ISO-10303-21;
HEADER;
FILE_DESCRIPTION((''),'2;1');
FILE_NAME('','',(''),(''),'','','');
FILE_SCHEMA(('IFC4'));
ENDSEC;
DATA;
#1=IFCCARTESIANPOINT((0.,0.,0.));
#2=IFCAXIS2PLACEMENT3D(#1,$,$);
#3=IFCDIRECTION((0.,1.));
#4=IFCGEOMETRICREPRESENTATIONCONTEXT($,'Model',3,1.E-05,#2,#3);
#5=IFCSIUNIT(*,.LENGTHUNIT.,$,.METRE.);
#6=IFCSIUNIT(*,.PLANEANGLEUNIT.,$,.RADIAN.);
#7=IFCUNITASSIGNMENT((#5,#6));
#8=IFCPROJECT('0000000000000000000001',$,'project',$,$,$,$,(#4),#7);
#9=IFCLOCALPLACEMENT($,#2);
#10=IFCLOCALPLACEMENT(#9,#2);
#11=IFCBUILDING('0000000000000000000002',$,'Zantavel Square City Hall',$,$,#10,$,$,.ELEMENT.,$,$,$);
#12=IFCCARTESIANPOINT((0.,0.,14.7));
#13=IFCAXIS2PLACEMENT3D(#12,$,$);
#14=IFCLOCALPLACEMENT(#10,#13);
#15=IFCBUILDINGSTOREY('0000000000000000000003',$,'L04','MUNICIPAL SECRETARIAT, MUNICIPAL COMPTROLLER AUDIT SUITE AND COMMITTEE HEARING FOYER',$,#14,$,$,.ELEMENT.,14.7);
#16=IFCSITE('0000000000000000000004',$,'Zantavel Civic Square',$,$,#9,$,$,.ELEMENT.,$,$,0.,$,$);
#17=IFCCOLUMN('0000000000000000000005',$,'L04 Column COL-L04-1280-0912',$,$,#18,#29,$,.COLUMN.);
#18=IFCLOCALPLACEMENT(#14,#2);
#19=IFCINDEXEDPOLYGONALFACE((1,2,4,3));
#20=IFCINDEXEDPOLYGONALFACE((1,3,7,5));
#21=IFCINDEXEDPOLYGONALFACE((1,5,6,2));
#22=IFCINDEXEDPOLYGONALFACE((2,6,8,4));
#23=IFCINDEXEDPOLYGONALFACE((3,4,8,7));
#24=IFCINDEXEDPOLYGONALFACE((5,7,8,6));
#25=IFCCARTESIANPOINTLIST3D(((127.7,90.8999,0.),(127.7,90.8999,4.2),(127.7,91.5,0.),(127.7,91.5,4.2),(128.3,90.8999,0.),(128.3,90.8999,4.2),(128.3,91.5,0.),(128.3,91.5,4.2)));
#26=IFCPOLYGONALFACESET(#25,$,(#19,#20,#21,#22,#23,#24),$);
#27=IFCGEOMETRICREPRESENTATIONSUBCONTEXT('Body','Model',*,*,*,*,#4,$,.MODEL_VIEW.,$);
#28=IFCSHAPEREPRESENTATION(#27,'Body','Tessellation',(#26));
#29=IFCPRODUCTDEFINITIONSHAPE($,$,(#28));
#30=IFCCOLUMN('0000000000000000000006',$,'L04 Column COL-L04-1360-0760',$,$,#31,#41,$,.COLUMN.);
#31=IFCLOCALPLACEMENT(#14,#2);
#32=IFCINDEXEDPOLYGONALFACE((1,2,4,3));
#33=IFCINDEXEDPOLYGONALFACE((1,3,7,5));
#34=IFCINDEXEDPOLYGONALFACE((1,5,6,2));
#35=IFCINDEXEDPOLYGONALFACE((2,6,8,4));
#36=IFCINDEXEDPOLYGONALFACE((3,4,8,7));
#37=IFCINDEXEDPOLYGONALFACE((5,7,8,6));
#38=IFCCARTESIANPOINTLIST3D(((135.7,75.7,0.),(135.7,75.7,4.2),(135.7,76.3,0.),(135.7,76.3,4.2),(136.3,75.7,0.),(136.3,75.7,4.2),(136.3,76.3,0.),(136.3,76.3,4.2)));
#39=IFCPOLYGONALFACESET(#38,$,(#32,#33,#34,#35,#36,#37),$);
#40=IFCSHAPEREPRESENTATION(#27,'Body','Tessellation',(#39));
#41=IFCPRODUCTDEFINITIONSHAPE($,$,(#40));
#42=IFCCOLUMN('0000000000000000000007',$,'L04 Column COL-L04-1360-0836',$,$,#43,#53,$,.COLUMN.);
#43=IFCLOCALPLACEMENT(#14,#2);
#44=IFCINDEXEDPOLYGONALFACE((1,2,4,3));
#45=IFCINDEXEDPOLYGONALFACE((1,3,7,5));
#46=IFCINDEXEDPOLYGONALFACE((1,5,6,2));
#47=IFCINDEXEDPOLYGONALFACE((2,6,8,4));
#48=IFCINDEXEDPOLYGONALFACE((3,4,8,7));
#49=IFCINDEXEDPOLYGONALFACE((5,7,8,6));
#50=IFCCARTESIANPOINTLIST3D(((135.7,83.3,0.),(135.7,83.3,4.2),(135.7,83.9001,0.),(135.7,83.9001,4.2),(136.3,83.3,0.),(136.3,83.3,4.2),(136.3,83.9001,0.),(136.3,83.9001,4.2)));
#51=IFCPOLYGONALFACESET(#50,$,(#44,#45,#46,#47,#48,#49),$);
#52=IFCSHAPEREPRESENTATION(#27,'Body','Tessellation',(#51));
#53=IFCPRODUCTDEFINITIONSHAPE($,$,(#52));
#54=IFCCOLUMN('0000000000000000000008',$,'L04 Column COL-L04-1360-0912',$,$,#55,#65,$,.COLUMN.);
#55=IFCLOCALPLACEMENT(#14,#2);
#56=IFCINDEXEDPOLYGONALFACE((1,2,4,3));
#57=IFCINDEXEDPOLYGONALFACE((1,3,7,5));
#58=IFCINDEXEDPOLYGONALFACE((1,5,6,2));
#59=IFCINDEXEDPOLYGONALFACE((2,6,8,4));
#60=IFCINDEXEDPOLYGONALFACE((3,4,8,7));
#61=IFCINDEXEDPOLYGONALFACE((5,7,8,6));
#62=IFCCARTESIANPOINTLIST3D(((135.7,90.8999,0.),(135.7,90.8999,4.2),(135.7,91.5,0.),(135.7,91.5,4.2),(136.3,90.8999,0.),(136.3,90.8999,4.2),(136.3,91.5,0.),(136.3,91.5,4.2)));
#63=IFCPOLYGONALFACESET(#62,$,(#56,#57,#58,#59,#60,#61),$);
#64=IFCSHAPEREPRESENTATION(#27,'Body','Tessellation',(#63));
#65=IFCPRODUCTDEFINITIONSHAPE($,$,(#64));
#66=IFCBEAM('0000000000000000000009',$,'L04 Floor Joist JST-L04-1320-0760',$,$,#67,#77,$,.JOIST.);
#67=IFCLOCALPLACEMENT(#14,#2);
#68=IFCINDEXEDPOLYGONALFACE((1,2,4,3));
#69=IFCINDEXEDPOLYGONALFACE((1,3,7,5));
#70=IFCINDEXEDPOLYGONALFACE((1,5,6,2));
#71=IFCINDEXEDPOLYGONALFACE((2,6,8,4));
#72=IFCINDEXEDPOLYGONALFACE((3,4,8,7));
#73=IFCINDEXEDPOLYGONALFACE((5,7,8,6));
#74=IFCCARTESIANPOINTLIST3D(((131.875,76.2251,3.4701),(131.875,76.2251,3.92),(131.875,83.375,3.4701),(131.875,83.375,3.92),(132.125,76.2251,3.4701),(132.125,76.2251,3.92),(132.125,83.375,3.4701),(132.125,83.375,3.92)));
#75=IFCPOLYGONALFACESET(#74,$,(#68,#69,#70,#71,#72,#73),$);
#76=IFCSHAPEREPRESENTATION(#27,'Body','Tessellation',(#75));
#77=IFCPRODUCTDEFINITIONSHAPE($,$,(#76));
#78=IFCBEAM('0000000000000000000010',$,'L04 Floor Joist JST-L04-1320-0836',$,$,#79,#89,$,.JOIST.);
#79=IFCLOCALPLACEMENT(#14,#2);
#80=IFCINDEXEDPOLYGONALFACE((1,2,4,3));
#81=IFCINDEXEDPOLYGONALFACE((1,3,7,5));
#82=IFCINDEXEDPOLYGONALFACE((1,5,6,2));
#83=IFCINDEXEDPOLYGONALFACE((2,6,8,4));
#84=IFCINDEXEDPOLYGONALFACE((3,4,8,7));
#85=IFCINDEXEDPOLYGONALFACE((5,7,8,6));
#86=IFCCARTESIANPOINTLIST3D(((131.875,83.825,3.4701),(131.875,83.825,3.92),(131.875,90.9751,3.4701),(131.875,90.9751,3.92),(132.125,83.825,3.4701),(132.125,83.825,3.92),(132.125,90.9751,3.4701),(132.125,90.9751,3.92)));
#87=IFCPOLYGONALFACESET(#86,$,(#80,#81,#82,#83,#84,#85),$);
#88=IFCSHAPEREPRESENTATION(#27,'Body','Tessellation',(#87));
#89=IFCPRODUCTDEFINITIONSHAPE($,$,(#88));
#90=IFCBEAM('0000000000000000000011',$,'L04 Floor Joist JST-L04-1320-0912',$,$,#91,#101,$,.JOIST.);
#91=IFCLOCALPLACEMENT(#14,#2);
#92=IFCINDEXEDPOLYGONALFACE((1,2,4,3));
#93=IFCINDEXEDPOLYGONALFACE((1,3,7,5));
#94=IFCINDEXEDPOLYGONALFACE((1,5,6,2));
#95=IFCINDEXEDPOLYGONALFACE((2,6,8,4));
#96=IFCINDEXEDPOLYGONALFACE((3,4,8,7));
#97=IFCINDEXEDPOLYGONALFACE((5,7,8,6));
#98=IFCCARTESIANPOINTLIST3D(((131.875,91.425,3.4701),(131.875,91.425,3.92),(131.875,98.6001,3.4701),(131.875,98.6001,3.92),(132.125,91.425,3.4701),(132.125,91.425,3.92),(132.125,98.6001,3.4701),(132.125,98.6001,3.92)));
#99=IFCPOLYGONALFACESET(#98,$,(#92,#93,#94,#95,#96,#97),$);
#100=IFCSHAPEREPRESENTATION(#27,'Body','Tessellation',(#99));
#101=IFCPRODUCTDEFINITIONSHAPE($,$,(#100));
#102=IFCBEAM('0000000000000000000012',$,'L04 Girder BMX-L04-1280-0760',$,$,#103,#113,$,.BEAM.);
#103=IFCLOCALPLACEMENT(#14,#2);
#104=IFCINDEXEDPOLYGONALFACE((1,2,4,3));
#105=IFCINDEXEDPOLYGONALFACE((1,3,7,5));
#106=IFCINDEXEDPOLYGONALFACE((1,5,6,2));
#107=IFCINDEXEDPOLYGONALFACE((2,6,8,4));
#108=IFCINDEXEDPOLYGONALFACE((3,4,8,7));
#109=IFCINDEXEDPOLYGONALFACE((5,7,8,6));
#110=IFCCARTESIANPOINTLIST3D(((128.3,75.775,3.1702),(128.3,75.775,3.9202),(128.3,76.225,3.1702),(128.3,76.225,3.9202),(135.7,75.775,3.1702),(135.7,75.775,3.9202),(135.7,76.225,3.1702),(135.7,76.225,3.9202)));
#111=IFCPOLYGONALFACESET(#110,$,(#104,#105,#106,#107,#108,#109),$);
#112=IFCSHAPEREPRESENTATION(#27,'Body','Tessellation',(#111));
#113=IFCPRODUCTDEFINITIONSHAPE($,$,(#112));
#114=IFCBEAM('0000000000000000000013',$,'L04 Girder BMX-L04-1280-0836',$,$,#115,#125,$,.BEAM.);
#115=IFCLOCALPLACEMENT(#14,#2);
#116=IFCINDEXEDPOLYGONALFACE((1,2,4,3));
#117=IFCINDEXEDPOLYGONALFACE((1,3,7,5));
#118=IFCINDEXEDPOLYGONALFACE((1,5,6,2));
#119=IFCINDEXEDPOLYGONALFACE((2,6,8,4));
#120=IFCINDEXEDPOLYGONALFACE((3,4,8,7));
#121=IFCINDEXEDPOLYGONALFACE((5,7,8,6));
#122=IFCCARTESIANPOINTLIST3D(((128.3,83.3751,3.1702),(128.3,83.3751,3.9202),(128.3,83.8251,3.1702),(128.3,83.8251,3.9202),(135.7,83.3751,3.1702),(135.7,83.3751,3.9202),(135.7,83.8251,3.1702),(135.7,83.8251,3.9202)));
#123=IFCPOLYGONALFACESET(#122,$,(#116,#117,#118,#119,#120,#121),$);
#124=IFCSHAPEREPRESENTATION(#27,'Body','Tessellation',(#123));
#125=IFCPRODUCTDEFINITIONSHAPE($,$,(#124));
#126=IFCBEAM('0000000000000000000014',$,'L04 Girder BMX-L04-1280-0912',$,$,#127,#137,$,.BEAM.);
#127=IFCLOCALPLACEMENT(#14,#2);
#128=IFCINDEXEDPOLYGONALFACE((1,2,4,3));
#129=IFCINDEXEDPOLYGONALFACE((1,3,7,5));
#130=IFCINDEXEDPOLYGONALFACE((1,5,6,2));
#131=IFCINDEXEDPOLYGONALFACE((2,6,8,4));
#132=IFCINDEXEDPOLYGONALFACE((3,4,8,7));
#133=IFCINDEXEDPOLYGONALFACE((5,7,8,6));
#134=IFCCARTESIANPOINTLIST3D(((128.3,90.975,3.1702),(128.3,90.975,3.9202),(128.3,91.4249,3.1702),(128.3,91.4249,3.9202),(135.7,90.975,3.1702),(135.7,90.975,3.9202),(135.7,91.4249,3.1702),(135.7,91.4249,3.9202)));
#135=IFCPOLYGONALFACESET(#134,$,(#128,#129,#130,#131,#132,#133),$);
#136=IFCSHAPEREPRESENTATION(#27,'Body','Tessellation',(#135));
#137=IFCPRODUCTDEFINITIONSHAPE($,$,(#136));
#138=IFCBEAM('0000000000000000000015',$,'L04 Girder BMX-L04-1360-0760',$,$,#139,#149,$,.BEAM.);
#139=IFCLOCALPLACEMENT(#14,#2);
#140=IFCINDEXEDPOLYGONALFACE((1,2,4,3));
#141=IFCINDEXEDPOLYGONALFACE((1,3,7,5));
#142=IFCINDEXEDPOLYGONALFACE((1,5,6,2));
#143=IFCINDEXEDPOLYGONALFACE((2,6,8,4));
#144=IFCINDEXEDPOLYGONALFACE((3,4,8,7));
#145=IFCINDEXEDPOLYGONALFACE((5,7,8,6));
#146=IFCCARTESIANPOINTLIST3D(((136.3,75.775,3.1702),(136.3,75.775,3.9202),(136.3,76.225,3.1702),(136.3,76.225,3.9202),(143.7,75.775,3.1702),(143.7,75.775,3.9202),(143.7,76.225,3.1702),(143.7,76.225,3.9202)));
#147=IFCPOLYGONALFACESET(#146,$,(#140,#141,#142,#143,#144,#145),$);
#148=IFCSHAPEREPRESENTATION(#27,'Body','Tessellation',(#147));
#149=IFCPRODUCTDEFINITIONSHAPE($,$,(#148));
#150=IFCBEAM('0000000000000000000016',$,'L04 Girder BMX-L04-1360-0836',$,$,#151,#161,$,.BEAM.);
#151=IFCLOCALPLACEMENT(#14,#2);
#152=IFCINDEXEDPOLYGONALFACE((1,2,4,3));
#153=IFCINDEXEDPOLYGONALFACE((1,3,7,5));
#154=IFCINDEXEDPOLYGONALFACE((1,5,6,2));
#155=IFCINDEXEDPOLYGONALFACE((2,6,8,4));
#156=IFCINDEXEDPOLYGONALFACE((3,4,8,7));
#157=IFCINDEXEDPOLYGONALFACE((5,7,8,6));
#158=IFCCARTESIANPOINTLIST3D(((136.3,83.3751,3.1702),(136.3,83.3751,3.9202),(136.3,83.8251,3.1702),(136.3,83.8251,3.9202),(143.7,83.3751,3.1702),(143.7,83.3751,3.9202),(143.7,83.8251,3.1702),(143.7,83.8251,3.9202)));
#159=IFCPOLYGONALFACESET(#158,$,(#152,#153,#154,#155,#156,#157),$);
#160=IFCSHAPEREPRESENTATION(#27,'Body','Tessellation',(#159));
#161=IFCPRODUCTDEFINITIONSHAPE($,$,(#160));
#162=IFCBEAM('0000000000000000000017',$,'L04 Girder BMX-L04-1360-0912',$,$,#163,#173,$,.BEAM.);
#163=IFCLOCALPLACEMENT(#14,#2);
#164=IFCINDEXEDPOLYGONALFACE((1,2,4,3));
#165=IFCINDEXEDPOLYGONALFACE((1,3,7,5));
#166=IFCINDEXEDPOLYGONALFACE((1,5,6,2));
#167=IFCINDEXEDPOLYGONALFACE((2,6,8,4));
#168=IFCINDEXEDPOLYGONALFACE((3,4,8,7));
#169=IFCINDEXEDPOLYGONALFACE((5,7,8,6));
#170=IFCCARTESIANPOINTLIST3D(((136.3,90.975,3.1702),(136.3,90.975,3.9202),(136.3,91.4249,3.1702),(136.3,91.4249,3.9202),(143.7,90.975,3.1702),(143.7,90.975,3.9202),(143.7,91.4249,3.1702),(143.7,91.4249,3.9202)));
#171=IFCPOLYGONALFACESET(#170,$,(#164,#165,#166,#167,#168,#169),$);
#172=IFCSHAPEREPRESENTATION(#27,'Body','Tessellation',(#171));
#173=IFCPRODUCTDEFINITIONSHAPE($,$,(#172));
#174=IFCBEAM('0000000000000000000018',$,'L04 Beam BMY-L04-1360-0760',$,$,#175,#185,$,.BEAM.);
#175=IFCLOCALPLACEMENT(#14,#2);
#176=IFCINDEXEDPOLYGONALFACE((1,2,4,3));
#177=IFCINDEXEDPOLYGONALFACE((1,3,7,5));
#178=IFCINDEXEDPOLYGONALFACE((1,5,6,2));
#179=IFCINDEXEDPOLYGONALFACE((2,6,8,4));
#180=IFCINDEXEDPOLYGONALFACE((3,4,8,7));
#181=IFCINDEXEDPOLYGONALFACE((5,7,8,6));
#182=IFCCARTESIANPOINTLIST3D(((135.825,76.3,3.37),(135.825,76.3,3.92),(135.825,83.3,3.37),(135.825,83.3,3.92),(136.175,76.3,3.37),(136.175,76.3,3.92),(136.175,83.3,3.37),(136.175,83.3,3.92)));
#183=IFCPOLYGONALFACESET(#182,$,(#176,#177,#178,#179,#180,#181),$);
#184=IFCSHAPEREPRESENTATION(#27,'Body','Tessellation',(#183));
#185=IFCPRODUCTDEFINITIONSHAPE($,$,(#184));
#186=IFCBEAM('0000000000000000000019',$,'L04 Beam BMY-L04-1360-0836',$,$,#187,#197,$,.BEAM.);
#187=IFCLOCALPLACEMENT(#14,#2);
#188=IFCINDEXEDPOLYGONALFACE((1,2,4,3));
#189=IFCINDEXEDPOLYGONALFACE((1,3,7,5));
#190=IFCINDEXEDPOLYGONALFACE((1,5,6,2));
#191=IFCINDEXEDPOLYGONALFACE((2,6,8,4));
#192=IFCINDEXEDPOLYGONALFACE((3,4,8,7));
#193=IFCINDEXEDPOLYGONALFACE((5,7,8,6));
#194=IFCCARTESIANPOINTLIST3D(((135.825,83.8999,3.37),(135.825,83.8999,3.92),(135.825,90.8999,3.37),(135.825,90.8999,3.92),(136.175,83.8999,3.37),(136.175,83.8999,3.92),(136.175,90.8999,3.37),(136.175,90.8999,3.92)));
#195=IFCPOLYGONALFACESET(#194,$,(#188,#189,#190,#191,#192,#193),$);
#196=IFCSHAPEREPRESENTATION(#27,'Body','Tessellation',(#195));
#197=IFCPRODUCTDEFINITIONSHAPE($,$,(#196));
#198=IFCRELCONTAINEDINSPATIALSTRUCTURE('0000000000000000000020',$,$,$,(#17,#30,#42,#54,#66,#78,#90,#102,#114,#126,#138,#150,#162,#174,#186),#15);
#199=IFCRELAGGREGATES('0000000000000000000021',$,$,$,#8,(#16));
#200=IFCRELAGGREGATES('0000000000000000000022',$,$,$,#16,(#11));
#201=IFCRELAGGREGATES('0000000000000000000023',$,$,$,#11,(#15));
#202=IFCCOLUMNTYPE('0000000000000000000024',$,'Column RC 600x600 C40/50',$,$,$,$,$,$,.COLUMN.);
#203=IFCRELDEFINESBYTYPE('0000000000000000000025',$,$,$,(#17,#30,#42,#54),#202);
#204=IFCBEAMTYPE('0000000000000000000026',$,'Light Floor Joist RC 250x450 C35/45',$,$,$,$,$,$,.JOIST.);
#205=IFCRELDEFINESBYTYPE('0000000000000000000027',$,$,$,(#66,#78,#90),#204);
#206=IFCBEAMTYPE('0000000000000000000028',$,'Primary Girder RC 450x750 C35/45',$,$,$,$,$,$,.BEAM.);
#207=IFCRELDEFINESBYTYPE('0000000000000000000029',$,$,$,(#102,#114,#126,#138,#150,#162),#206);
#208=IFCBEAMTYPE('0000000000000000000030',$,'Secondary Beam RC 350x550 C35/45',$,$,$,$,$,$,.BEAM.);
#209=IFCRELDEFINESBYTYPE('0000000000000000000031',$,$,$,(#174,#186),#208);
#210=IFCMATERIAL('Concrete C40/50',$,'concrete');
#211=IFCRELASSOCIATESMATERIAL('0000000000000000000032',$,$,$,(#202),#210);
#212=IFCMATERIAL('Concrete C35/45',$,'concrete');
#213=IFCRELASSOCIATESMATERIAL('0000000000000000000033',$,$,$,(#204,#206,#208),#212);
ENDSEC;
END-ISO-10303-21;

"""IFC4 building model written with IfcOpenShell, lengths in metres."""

from ifc_helpers import new_model, si_unit, direction, frame, origin, origin_2d, place, context, subcontext, project, spatial, rectangle, extrude, material, material_profile, profile_set, type_object, element, save


model = new_model("IFC4")

# Units and contexts
model_context = context("Model", 3, precision=1e-05, world=origin(), true_north=direction((0.0, 1.0)))
body_context = subcontext(model_context, "Body", "Model", "MODEL_VIEW")
ifc_project = project(units=[si_unit("LENGTHUNIT", "METRE"), si_unit("PLANEANGLEUNIT", "RADIAN")], contexts=[model_context])

# Site, building, storey
site_placement = place(None, origin())
site = spatial("IfcSite", under=ifc_project, at=site_placement, Name="Zantavel Civic Square", CompositionType="ELEMENT", RefElevation=0.0)
building_placement = place(site_placement, origin())
building = spatial("IfcBuilding", under=site, at=building_placement, Name="Zantavel Square City Hall", CompositionType="ELEMENT")
storey_placement = place(building_placement, frame((0.0, 0.0, 14.7)))
storey = spatial("IfcBuildingStorey", under=building, at=storey_placement, Name="L04", Description="MUNICIPAL SECRETARIAT, MUNICIPAL COMPTROLLER AUDIT SUITE AND COMMITTEE HEARING FOYER", CompositionType="ELEMENT", Elevation=14.7)

# Columns
ifc_material_1 = material(Name="Concrete C40/50", Category="concrete")
ifc_material_profile_1 = material_profile(ifc_material_1, rectangle(XDim=0.6001, YDim=0.6001, at=origin_2d()), Name="RC 600x600")
ifc_profile_set_1 = profile_set([ifc_material_profile_1], Name="Concrete C40/50")
column_type = type_object("IfcColumnType", Name="Column RC 600x600 C40/50", PredefinedType="COLUMN", material=ifc_profile_set_1)
for number, where, z_axis, x_axis, name in (
    (1, (128.0, 91.2, 0.0), (0.0, 0.0, 1.0), (1.0, 0.0, 0.0), "L04 Column COL-L04-1280-0912"),
    (2, (136.0, 76.0, 0.0), (0.0, 0.0, 1.0), (1.0, 0.0, 0.0), "L04 Column COL-L04-1360-0760"),
    (3, (136.0, 83.6001, 0.0), (0.0, 0.0, 1.0), (1.0, 0.0, 0.0), "L04 Column COL-L04-1360-0836"),
    (4, (136.0, 91.2, 0.0), (0.0, 0.0, 1.0), (1.0, 0.0, 0.0), "L04 Column COL-L04-1360-0912"),
):
    element("IfcColumn", number, at=place(storey_placement, frame(where, z_axis=z_axis, x_axis=x_axis)), inside=storey, type_object=column_type, Name=name, PredefinedType="COLUMN", context=body_context, shape_type="SweptSolid", body=[
        extrude(rectangle(XDim=0.6001, YDim=0.6001, at=origin_2d()), origin(), (0.0, 0.0, 1.0), 4.2),
    ])

# Beams
ifc_material_2 = material(Name="Concrete C35/45", Category="concrete")
ifc_material_profile_2 = material_profile(ifc_material_2, rectangle(XDim=0.25, YDim=0.45, at=origin_2d()), Name="RC 250x450")
ifc_profile_set_2 = profile_set([ifc_material_profile_2], Name="Concrete C35/45")
beam_type_1 = type_object("IfcBeamType", Name="Light Floor Joist RC 250x450 C35/45", PredefinedType="JOIST", material=ifc_profile_set_2)
beam_1_placement = place(storey_placement, frame((132.0, 76.2251, 3.6951), z_axis=(0.0, 1.0, 0.0), x_axis=(-1.0, 0.0, 0.0)))
element("IfcBeam", 5, at=beam_1_placement, inside=storey, type_object=beam_type_1, Name="L04 Floor Joist JST-L04-1320-0760", PredefinedType="JOIST", context=body_context, shape_type="SweptSolid", body=[
    extrude(rectangle(XDim=0.25, YDim=0.45, at=origin_2d()), origin(), (0.0, 0.0, 1.0), 7.1499),
])
beam_2_placement = place(storey_placement, frame((132.0, 83.825, 3.6951), z_axis=(0.0, 1.0, 0.0), x_axis=(-1.0, 0.0, 0.0)))
element("IfcBeam", 6, at=beam_2_placement, inside=storey, type_object=beam_type_1, Name="L04 Floor Joist JST-L04-1320-0836", PredefinedType="JOIST", context=body_context, shape_type="SweptSolid", body=[
    extrude(rectangle(XDim=0.25, YDim=0.45, at=origin_2d()), origin(), (0.0, 0.0, 1.0), 7.1501),
])
beam_3_placement = place(storey_placement, frame((132.0, 91.425, 3.6951), z_axis=(0.0, 1.0, 0.0), x_axis=(-1.0, 0.0, 0.0)))
element("IfcBeam", 7, at=beam_3_placement, inside=storey, type_object=beam_type_1, Name="L04 Floor Joist JST-L04-1320-0912", PredefinedType="JOIST", context=body_context, shape_type="SweptSolid", body=[
    extrude(rectangle(XDim=0.25, YDim=0.45, at=origin_2d()), origin(), (0.0, 0.0, 1.0), 7.175),
])
ifc_material_profile_3 = material_profile(ifc_material_2, rectangle(XDim=0.45, YDim=0.75, at=origin_2d()), Name="RC 450x750")
ifc_profile_set_3 = profile_set([ifc_material_profile_3], Name="Concrete C35/45")
beam_type_2 = type_object("IfcBeamType", Name="Primary Girder RC 450x750 C35/45", PredefinedType="BEAM", material=ifc_profile_set_3)
for number, where, z_axis, x_axis, name in (
    (8, (128.3, 76.0, 3.5452), (1.0, 0.0, 0.0), (0.0, 1.0, 0.0), "L04 Girder BMX-L04-1280-0760"),
    (9, (128.3, 83.6001, 3.5452), (1.0, 0.0, 0.0), (0.0, 1.0, 0.0), "L04 Girder BMX-L04-1280-0836"),
    (10, (128.3, 91.2, 3.5452), (1.0, 0.0, 0.0), (0.0, 1.0, 0.0), "L04 Girder BMX-L04-1280-0912"),
    (11, (136.3, 76.0, 3.5452), (1.0, 0.0, 0.0), (0.0, 1.0, 0.0), "L04 Girder BMX-L04-1360-0760"),
    (12, (136.3, 83.6001, 3.5452), (1.0, 0.0, 0.0), (0.0, 1.0, 0.0), "L04 Girder BMX-L04-1360-0836"),
    (13, (136.3, 91.2, 3.5452), (1.0, 0.0, 0.0), (0.0, 1.0, 0.0), "L04 Girder BMX-L04-1360-0912"),
):
    element("IfcBeam", number, at=place(storey_placement, frame(where, z_axis=z_axis, x_axis=x_axis)), inside=storey, type_object=beam_type_2, Name=name, PredefinedType="BEAM", context=body_context, shape_type="SweptSolid", body=[
        extrude(rectangle(XDim=0.45, YDim=0.75, at=origin_2d()), origin(), (0.0, 0.0, 1.0), 7.3999),
    ])
ifc_material_profile_4 = material_profile(ifc_material_2, rectangle(XDim=0.3501, YDim=0.55, at=origin_2d()), Name="RC 350x550")
ifc_profile_set_4 = profile_set([ifc_material_profile_4], Name="Concrete C35/45")
beam_type_3 = type_object("IfcBeamType", Name="Secondary Beam RC 350x550 C35/45", PredefinedType="BEAM", material=ifc_profile_set_4)
for number, where, z_axis, x_axis, name in (
    (14, (136.0, 76.3, 3.645), (0.0, 1.0, 0.0), (-1.0, 0.0, 0.0), "L04 Beam BMY-L04-1360-0760"),
    (15, (136.0, 83.8999, 3.645), (0.0, 1.0, 0.0), (-1.0, 0.0, 0.0), "L04 Beam BMY-L04-1360-0836"),
):
    element("IfcBeam", number, at=place(storey_placement, frame(where, z_axis=z_axis, x_axis=x_axis)), inside=storey, type_object=beam_type_3, Name=name, PredefinedType="BEAM", context=body_context, shape_type="SweptSolid", body=[
        extrude(rectangle(XDim=0.3501, YDim=0.55, at=origin_2d()), origin(), (0.0, 0.0, 1.0), 7.0),
    ])

save(model, "model.ifc")
